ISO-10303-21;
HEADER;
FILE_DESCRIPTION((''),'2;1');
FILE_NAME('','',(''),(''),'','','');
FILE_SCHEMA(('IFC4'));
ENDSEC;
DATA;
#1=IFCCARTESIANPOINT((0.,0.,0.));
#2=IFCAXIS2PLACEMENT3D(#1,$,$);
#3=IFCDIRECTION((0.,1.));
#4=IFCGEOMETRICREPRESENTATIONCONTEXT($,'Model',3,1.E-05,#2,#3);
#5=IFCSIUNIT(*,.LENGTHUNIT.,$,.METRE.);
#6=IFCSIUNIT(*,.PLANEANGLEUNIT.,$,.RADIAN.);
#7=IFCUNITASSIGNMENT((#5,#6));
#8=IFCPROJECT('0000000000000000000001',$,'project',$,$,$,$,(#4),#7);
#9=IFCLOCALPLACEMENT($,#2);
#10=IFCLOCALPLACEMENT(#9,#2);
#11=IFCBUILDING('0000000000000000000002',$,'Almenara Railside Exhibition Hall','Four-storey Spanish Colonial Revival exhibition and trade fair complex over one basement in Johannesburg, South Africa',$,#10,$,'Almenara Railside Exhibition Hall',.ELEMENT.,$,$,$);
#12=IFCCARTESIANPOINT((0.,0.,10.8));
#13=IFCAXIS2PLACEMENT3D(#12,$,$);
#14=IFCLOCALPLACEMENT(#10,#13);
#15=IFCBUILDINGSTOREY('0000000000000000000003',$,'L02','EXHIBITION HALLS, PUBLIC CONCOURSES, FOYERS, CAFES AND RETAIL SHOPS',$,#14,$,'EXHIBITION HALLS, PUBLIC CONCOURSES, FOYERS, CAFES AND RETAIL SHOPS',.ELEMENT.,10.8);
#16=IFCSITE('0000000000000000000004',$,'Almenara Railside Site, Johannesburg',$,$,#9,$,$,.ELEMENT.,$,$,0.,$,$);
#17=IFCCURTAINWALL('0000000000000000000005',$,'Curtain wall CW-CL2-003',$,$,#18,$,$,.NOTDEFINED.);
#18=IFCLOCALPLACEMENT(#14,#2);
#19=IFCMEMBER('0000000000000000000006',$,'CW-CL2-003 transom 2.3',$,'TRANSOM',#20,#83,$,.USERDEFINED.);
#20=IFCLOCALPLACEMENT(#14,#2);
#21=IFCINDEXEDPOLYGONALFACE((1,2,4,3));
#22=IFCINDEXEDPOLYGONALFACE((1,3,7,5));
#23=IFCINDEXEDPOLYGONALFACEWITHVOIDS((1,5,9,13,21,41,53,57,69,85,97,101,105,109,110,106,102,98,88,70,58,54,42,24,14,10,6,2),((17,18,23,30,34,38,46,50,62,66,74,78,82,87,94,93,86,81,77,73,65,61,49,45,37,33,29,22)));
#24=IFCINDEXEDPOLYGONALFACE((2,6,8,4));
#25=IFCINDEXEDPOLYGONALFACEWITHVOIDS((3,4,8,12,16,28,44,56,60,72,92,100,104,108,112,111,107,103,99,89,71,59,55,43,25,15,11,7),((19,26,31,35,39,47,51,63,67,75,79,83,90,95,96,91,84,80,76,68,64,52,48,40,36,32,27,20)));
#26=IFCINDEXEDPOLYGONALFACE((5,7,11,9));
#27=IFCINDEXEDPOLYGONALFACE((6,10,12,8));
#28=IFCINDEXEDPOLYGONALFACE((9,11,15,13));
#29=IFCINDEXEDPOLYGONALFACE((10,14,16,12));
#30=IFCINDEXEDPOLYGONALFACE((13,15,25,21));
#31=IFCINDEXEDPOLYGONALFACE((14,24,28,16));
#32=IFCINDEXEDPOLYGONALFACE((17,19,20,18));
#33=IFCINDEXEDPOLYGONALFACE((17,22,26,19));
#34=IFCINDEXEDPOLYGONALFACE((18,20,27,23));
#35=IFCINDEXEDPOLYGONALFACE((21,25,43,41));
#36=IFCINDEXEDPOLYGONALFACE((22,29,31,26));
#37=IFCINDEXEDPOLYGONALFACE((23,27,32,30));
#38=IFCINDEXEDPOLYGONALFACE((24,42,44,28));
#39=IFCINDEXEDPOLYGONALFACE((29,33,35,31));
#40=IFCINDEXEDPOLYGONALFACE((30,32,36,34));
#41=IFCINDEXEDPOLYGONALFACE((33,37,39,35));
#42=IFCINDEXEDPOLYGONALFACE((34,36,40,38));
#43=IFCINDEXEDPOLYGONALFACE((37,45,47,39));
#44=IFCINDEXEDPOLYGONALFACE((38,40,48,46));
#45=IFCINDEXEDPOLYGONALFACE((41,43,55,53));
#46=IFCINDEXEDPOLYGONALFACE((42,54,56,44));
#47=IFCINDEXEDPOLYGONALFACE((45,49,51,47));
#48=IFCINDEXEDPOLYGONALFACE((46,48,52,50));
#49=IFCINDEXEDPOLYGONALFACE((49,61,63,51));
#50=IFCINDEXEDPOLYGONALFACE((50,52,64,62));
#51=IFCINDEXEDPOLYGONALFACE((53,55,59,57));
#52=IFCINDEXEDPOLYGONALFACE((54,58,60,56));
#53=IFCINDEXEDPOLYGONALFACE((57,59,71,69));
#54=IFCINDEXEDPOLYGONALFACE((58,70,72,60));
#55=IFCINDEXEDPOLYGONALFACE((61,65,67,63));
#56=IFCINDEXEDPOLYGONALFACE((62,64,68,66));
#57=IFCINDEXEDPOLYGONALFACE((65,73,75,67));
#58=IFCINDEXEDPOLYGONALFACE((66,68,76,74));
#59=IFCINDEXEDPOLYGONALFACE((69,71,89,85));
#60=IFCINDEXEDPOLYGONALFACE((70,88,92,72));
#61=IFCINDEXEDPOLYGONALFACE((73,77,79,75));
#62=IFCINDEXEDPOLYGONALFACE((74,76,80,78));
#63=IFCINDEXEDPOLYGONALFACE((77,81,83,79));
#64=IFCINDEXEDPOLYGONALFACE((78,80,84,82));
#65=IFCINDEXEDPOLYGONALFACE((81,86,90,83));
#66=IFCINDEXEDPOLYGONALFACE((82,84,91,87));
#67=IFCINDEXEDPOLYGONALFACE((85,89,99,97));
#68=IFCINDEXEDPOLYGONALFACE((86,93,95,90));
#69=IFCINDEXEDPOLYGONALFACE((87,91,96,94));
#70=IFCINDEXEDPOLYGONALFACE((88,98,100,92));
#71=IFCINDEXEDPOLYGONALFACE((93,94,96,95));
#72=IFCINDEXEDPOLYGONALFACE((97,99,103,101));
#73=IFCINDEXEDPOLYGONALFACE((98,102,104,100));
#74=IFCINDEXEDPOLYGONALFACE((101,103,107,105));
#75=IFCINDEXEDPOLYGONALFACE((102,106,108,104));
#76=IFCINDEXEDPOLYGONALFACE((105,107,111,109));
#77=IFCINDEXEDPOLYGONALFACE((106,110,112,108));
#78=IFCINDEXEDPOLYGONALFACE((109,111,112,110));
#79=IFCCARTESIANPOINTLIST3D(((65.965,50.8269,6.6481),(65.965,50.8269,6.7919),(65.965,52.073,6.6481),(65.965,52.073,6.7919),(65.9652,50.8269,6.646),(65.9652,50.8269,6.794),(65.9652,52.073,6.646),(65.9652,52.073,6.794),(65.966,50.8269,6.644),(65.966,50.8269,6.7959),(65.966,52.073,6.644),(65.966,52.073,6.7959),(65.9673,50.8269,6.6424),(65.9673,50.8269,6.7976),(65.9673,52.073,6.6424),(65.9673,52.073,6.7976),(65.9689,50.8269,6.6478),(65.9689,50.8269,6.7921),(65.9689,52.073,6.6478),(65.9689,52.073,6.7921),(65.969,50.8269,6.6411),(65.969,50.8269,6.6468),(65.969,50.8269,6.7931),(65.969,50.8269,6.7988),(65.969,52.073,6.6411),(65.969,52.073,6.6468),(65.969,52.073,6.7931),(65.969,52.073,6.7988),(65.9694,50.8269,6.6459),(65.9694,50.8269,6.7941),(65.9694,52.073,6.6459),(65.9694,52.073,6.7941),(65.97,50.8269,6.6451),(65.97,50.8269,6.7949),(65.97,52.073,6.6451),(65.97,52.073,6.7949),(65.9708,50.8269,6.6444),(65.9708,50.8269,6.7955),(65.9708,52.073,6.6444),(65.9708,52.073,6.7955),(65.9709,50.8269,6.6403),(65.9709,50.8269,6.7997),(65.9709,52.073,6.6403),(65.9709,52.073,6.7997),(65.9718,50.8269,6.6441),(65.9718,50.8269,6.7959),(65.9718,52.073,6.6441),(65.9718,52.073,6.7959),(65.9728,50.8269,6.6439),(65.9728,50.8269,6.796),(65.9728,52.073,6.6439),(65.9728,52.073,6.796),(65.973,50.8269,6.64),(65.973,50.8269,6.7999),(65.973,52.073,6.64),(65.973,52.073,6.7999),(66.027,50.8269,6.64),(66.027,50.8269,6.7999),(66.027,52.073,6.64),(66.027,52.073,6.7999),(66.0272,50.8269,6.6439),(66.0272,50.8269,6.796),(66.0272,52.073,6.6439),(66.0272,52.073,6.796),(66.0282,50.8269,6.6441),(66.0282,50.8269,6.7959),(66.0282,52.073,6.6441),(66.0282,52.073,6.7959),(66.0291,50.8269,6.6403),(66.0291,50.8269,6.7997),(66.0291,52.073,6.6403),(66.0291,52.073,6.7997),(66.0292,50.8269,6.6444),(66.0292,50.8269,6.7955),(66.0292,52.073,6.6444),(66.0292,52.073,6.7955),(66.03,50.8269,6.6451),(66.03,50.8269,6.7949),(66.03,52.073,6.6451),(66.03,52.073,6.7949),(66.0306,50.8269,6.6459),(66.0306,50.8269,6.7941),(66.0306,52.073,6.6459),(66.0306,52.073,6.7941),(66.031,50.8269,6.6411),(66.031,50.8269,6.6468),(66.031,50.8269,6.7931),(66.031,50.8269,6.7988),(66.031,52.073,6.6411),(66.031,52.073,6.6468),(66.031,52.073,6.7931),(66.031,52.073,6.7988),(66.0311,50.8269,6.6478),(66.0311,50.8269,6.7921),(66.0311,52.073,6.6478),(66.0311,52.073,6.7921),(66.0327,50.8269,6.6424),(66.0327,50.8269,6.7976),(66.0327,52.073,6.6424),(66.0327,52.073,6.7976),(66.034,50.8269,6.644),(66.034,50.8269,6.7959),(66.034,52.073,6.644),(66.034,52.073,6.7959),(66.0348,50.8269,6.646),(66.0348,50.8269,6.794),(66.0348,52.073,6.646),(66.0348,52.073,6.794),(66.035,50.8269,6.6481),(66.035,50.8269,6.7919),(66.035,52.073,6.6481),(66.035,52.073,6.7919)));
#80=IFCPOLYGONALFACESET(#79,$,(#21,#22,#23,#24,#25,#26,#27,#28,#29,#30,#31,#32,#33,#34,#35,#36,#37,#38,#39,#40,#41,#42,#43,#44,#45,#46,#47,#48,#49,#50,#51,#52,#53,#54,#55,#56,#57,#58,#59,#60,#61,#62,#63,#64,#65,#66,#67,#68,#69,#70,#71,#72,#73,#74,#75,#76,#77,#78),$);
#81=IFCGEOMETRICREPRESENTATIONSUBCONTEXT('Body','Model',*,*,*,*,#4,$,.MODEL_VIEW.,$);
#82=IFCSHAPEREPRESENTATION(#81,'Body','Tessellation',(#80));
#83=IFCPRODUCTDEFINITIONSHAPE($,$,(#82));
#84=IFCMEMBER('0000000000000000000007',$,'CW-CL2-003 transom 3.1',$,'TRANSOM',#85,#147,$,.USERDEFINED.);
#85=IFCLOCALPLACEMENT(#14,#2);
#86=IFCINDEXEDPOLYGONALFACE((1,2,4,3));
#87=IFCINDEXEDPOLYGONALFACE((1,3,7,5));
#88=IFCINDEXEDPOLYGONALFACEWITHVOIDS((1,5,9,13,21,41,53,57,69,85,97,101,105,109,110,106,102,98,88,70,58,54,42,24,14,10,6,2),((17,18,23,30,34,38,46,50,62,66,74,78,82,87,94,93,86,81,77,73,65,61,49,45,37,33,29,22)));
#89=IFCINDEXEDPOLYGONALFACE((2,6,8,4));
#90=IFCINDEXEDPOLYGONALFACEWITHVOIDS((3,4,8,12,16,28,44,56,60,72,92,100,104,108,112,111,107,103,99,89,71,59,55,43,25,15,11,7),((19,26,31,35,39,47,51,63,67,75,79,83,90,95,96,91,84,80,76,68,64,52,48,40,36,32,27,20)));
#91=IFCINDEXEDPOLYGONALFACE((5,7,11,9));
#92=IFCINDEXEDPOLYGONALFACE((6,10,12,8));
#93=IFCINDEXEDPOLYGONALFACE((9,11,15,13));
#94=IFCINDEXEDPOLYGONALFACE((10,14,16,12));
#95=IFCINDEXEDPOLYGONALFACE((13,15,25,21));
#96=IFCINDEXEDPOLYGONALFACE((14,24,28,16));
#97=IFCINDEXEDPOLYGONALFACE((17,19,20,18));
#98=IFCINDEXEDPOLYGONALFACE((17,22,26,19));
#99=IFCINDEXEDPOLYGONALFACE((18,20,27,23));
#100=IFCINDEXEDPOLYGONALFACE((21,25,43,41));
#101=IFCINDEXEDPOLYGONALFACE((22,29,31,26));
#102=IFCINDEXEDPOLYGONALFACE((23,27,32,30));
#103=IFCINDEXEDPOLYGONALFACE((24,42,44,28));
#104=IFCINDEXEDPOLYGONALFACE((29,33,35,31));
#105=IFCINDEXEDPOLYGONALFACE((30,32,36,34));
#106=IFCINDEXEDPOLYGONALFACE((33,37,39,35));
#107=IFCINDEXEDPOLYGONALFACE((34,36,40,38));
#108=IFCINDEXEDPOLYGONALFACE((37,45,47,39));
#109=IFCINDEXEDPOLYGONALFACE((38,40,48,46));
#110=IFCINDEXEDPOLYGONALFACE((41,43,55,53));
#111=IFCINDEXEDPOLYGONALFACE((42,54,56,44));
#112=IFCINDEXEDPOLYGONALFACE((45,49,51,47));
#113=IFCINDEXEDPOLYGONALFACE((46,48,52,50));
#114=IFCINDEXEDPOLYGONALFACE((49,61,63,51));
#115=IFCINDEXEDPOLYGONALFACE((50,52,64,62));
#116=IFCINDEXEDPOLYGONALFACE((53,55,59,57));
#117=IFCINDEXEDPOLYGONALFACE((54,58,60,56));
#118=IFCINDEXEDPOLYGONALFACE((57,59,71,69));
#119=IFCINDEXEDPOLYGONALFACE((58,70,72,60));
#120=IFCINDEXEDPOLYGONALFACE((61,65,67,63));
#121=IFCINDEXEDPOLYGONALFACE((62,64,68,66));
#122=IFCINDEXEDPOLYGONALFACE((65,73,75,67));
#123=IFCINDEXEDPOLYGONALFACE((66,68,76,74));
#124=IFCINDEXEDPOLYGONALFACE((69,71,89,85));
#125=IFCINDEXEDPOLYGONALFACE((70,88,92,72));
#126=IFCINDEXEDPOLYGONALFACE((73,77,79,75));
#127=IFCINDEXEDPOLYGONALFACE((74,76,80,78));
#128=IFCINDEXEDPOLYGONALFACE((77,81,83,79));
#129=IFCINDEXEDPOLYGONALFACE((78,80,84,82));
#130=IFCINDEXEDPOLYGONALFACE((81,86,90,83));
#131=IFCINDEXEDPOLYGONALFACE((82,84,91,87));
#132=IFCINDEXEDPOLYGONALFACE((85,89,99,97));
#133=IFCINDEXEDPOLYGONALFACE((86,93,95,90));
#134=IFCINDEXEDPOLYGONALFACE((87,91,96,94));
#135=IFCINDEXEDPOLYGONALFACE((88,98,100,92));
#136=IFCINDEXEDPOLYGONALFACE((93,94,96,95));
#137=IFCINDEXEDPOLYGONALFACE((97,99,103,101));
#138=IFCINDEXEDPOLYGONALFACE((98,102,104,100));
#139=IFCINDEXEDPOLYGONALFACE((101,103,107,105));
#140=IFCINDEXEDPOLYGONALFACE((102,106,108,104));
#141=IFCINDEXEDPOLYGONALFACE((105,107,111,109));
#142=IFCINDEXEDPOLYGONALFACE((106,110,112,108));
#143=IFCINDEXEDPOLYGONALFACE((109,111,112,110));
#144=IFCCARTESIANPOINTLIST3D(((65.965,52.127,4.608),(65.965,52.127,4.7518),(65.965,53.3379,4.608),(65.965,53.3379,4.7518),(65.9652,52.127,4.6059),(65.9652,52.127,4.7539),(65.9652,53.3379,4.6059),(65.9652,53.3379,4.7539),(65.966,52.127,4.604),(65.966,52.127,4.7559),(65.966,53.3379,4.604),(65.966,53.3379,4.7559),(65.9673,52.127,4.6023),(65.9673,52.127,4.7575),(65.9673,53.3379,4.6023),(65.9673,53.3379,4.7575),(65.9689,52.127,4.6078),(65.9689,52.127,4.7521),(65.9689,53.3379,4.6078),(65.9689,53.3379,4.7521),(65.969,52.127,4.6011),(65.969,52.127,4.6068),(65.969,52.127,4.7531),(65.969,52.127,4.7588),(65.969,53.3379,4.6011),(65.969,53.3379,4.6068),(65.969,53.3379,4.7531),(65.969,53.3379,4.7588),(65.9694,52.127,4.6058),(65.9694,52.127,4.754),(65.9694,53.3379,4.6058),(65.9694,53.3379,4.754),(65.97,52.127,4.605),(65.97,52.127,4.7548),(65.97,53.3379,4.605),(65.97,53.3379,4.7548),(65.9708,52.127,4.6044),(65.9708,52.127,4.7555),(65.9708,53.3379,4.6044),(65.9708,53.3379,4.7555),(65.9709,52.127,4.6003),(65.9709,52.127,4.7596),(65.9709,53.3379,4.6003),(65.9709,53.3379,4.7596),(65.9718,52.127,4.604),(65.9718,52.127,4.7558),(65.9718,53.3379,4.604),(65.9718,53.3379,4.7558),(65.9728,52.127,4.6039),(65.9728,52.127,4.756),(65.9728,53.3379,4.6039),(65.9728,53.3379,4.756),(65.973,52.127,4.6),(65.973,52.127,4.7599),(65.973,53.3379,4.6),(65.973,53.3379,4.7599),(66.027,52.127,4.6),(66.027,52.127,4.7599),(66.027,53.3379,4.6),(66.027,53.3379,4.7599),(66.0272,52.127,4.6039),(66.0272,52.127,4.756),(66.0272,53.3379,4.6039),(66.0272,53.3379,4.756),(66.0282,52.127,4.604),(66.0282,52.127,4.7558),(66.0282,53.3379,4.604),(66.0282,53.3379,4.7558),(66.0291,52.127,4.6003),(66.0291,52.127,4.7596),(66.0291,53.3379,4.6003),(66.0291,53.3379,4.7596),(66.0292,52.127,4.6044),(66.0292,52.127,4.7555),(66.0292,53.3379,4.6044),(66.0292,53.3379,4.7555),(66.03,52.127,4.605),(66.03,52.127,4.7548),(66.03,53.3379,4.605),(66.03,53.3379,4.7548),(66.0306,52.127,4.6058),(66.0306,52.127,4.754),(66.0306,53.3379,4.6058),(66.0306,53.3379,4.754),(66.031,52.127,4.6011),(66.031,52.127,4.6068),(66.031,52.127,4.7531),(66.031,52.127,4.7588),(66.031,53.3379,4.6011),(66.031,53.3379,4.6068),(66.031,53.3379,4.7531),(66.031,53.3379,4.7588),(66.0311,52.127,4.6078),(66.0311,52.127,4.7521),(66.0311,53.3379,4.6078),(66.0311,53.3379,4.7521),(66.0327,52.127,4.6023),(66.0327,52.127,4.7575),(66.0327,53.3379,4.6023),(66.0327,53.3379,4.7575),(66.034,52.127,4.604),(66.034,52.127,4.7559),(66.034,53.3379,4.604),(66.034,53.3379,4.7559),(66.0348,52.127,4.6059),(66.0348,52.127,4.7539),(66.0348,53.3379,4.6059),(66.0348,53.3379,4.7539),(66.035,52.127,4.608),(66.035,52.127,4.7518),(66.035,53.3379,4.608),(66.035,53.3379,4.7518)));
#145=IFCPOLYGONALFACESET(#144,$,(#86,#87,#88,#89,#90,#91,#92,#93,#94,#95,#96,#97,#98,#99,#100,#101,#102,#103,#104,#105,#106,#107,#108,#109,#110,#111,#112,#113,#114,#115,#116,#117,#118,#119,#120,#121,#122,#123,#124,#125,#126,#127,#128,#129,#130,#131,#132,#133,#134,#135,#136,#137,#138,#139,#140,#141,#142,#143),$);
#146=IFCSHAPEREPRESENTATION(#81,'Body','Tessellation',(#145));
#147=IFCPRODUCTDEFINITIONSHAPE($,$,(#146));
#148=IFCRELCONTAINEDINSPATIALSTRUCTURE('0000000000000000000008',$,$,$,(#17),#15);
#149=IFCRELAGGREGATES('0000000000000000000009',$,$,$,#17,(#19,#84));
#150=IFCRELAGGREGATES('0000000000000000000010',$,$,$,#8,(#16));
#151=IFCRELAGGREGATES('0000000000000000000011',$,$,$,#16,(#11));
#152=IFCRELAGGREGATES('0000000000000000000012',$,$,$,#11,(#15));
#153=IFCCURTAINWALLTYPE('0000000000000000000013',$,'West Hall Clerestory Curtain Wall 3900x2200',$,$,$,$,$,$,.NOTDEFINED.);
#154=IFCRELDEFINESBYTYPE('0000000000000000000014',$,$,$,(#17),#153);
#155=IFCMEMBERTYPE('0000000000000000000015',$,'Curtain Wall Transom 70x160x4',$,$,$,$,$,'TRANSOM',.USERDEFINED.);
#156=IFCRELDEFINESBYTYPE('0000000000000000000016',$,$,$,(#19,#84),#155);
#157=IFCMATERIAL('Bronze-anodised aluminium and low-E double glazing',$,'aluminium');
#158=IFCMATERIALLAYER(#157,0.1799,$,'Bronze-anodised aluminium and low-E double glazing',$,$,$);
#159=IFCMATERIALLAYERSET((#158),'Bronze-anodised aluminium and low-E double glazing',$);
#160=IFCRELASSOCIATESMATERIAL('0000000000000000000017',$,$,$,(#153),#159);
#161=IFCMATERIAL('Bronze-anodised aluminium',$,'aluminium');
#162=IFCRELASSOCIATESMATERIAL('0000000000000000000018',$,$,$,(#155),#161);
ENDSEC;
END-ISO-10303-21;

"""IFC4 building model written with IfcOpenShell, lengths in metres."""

from ifc_helpers import new_model, si_unit, direction, frame, origin, origin_2d, place, context, subcontext, project, spatial, hollow_rectangle, extrude, material, layer, layer_set, material_profile, profile_set, type_object, element, aggregate, save


model = new_model("IFC4")

# Units and contexts
model_context = context("Model", 3, precision=1e-05, world=origin(), true_north=direction((0.0, 1.0)))
body_context = subcontext(model_context, "Body", "Model", "MODEL_VIEW")
ifc_project = project(units=[si_unit("LENGTHUNIT", "METRE"), si_unit("PLANEANGLEUNIT", "RADIAN")], contexts=[model_context])

# Site, building, storey
site_placement = place(None, origin())
site = spatial("IfcSite", under=ifc_project, at=site_placement, Name="Almenara Railside Site, Johannesburg", CompositionType="ELEMENT", RefElevation=0.0)
building_placement = place(site_placement, origin())
building = spatial("IfcBuilding", under=site, at=building_placement, Name="Almenara Railside Exhibition Hall", Description="Four-storey Spanish Colonial Revival exhibition and trade fair complex over one basement in Johannesburg, South Africa", LongName="Almenara Railside Exhibition Hall", CompositionType="ELEMENT")
storey_placement = place(building_placement, frame((0.0, 0.0, 10.8)))
storey = spatial("IfcBuildingStorey", under=building, at=storey_placement, Name="L02", Description="EXHIBITION HALLS, PUBLIC CONCOURSES, FOYERS, CAFES AND RETAIL SHOPS", LongName="EXHIBITION HALLS, PUBLIC CONCOURSES, FOYERS, CAFES AND RETAIL SHOPS", CompositionType="ELEMENT", Elevation=10.8)

# Curtain wall, members
ifc_material_1 = material(Name="Bronze-anodised aluminium and low-E double glazing", Category="aluminium")
ifc_layer_1 = layer(ifc_material_1, 0.1799, Name="Bronze-anodised aluminium and low-E double glazing")
ifc_layer_set_1 = layer_set([ifc_layer_1], Name="Bronze-anodised aluminium and low-E double glazing")
curtain_wall_type = type_object("IfcCurtainWallType", Name="West Hall Clerestory Curtain Wall 3900x2200", PredefinedType="NOTDEFINED", material=ifc_layer_set_1)
curtain_wall_placement = place(storey_placement, origin())
curtain_wall = element("IfcCurtainWall", 1, at=curtain_wall_placement, inside=storey, type_object=curtain_wall_type, Name="Curtain wall CW-CL2-003", PredefinedType="NOTDEFINED")
ifc_material_2 = material(Name="Bronze-anodised aluminium", Category="aluminium")
ifc_material_profile_1 = material_profile(ifc_material_2, hollow_rectangle(XDim=0.0701, YDim=0.1599, WallThickness=0.0039, InnerFilletRadius=0.0039, OuterFilletRadius=0.0081, at=origin_2d()), Name="ALU-TRN 70x160x4")
ifc_profile_set_1 = profile_set([ifc_material_profile_1], Name="Bronze-anodised aluminium")
member_type_1 = type_object("IfcMemberType", Name="Curtain Wall Transom 70x160x4", ElementType="TRANSOM", PredefinedType="USERDEFINED", material=ifc_profile_set_1)
member_1_placement = place(storey_placement, frame((66.0, 50.8269, 6.72), z_axis=(0.0, 1.0, 0.0), x_axis=(-1.0, 0.0, 0.0)))
member_1 = element("IfcMember", 2, at=member_1_placement, type_object=member_type_1, Name="CW-CL2-003 transom 2.3", ObjectType="TRANSOM", PredefinedType="USERDEFINED", context=body_context, shape_type="SweptSolid", body=[
    extrude(hollow_rectangle(XDim=0.0701, YDim=0.1599, WallThickness=0.0039, InnerFilletRadius=0.0039, OuterFilletRadius=0.0081, at=origin_2d()), origin(), (0.0, 0.0, 1.0), 1.2461),
])
member_2_placement = place(storey_placement, frame((66.0, 52.127, 4.6799), z_axis=(0.0, 1.0, 0.0), x_axis=(-1.0, 0.0, 0.0)))
member_2 = element("IfcMember", 3, at=member_2_placement, type_object=member_type_1, Name="CW-CL2-003 transom 3.1", ObjectType="TRANSOM", PredefinedType="USERDEFINED", context=body_context, shape_type="SweptSolid", body=[
    extrude(hollow_rectangle(XDim=0.0701, YDim=0.1599, WallThickness=0.0039, InnerFilletRadius=0.0039, OuterFilletRadius=0.0081, at=origin_2d()), origin(), (0.0, 0.0, 1.0), 1.2109),
])
aggregate(curtain_wall, [member_1, member_2])

save(model, "model.ifc")
